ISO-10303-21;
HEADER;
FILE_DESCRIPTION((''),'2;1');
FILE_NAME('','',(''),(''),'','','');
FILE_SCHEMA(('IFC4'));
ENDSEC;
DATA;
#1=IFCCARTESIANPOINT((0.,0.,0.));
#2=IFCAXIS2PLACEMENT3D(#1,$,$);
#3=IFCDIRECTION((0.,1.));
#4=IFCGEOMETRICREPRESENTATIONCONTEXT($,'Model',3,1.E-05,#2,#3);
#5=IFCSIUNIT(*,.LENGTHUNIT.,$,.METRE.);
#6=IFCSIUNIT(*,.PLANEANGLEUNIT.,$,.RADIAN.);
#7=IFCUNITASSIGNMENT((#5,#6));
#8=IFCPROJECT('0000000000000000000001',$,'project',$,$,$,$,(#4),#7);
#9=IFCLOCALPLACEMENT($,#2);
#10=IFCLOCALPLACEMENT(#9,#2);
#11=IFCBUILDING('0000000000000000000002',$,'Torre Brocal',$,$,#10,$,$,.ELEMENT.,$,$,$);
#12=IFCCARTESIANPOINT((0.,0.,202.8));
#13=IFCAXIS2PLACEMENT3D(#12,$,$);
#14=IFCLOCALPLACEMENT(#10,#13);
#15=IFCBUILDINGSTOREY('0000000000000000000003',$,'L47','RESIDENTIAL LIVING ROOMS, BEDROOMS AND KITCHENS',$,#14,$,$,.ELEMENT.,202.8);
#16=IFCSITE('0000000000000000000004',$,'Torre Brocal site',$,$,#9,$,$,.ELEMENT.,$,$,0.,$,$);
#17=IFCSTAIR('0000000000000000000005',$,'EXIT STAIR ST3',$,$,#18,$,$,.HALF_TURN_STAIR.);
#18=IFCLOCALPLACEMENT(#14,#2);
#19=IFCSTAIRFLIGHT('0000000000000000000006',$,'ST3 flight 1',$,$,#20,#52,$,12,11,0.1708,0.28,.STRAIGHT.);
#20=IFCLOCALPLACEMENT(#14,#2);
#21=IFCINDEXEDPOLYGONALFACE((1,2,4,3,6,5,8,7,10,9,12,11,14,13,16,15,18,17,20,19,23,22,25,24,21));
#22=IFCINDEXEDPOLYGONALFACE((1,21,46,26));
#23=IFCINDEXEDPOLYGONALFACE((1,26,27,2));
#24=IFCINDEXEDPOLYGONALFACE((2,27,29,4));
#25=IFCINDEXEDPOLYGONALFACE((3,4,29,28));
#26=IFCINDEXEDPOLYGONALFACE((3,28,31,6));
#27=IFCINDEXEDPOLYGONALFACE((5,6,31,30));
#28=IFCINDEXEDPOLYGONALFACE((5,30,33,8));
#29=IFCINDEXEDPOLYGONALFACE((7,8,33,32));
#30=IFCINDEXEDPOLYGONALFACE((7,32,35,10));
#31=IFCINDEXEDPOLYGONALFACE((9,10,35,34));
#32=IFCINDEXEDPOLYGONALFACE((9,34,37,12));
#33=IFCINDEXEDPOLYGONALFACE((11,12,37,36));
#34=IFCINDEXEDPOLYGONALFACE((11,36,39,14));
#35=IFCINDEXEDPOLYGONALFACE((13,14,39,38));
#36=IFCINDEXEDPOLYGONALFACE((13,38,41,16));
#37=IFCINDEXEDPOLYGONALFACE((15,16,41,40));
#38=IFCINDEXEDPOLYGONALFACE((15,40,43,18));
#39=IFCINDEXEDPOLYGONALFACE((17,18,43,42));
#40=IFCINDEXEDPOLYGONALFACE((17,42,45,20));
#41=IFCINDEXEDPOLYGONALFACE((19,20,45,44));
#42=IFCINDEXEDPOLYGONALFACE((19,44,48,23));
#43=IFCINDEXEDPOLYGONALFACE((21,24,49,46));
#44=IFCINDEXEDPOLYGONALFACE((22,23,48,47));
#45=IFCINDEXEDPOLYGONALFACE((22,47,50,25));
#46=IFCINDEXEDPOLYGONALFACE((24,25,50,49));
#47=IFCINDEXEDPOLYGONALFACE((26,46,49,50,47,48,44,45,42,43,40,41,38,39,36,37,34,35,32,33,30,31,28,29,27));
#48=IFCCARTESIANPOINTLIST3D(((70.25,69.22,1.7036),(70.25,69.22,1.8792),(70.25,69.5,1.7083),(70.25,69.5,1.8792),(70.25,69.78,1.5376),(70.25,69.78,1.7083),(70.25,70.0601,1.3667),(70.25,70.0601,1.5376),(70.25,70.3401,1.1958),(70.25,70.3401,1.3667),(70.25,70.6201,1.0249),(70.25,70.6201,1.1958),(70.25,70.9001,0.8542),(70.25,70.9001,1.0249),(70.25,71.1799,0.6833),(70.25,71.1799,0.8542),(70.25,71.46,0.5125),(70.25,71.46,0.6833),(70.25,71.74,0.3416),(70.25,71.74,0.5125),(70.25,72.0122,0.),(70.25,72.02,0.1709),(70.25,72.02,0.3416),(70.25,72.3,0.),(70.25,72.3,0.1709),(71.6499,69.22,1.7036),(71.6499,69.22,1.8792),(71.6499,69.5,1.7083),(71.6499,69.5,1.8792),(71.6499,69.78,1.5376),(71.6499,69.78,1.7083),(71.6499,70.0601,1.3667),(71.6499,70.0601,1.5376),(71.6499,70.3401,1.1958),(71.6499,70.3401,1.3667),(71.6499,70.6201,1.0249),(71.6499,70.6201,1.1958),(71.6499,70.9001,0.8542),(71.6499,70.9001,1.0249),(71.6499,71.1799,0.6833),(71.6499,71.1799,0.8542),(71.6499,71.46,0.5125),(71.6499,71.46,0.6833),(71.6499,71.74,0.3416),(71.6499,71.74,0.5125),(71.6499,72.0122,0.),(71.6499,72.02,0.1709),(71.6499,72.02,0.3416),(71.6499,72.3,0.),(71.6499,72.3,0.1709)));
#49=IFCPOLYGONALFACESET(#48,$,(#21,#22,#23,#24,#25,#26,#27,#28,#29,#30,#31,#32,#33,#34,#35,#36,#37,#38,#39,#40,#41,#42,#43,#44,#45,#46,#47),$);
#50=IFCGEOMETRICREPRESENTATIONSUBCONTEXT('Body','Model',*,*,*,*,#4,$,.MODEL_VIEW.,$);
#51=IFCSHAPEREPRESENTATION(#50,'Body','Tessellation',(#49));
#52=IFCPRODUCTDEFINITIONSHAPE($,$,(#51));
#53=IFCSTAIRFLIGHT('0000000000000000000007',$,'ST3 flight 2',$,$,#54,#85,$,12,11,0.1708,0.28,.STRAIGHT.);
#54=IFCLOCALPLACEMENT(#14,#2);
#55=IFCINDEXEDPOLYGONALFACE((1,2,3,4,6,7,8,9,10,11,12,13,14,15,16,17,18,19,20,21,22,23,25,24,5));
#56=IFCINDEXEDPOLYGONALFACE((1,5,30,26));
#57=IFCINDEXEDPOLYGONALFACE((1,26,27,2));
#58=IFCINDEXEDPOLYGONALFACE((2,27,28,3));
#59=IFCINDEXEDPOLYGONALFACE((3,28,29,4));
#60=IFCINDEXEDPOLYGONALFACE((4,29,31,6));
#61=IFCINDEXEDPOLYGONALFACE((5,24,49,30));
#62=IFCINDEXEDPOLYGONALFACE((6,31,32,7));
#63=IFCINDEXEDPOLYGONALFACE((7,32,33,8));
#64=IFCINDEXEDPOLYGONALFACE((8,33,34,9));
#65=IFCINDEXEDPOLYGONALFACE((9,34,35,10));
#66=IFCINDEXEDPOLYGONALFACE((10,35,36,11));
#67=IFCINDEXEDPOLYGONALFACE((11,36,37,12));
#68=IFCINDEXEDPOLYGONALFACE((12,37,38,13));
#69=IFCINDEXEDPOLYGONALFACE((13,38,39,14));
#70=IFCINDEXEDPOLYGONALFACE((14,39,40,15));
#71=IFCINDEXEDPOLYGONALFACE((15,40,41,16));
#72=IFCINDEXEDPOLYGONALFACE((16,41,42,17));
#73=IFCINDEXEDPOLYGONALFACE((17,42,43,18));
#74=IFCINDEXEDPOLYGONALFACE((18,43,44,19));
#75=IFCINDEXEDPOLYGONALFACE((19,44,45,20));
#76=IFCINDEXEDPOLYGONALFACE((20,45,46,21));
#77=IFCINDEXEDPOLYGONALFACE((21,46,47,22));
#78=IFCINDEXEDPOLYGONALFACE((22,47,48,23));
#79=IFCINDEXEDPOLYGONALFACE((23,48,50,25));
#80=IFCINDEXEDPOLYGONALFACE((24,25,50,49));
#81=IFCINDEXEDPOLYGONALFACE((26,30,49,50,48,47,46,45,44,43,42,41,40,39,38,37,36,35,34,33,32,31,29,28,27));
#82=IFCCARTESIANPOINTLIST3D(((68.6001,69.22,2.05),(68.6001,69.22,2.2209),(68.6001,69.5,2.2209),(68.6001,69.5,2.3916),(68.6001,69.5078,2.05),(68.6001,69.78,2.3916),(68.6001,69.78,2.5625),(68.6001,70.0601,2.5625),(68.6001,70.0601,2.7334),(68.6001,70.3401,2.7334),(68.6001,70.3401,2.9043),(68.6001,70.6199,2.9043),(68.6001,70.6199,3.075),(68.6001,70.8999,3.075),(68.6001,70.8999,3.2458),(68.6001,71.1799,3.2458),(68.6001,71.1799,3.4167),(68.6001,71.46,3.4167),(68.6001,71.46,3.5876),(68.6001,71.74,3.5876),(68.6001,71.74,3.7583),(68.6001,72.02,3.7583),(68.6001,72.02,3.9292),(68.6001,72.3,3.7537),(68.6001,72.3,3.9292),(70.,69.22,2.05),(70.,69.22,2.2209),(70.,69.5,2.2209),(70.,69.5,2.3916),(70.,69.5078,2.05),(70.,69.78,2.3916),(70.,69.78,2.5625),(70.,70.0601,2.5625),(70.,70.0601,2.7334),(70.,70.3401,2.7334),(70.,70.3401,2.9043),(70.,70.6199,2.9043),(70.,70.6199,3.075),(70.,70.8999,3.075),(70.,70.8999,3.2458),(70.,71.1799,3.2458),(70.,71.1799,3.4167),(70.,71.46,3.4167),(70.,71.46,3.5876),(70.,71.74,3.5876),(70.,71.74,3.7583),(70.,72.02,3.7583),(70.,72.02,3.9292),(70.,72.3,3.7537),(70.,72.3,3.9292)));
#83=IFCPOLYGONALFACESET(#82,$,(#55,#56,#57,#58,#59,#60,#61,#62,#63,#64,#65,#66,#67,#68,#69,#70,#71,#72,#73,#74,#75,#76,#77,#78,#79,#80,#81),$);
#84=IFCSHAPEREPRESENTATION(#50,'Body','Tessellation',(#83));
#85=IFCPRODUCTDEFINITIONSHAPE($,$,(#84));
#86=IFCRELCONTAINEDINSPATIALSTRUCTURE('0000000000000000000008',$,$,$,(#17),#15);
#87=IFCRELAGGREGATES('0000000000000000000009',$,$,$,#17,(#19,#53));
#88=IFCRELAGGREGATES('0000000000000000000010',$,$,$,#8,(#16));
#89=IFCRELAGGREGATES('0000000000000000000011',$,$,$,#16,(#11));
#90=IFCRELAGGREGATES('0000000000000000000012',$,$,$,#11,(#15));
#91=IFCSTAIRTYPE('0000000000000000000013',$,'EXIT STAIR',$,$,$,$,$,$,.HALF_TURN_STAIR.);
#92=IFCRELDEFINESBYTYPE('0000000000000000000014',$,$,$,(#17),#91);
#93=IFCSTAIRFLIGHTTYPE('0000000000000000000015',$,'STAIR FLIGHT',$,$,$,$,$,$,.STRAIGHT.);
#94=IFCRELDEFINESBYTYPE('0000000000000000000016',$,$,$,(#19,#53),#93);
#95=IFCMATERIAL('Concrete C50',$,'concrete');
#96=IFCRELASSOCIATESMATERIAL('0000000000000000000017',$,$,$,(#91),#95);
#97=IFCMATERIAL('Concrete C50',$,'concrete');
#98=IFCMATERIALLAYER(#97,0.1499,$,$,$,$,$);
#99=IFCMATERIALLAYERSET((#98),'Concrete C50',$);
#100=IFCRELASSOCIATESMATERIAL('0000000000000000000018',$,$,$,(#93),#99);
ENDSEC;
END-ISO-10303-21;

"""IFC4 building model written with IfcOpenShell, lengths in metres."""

from ifc_helpers import new_model, si_unit, direction, frame, origin, place, context, subcontext, project, spatial, polyline, outline, extrude, material, layer, layer_set, type_object, element, aggregate, save


model = new_model("IFC4")

# Units and contexts
model_context = context("Model", 3, precision=1e-05, world=origin(), true_north=direction((0.0, 1.0)))
body_context = subcontext(model_context, "Body", "Model", "MODEL_VIEW")
ifc_project = project(units=[si_unit("LENGTHUNIT", "METRE"), si_unit("PLANEANGLEUNIT", "RADIAN")], contexts=[model_context])

# Site, building, storey
site_placement = place(None, origin())
site = spatial("IfcSite", under=ifc_project, at=site_placement, Name="Torre Brocal site", CompositionType="ELEMENT", RefElevation=0.0)
building_placement = place(site_placement, origin())
building = spatial("IfcBuilding", under=site, at=building_placement, Name="Torre Brocal", CompositionType="ELEMENT")
storey_placement = place(building_placement, frame((0.0, 0.0, 202.8)))
storey = spatial("IfcBuildingStorey", under=building, at=storey_placement, Name="L47", Description="RESIDENTIAL LIVING ROOMS, BEDROOMS AND KITCHENS", CompositionType="ELEMENT", Elevation=202.8)

# Stair, stair flights
ifc_material_1 = material(Name="Concrete C50", Category="concrete")
stair_type = type_object("IfcStairType", Name="EXIT STAIR", PredefinedType="HALF_TURN_STAIR", material=ifc_material_1)
stair_placement = place(storey_placement, origin())
stair = element("IfcStair", 1, at=stair_placement, inside=storey, type_object=stair_type, Name="EXIT STAIR ST3", PredefinedType="HALF_TURN_STAIR")
ifc_material_2 = material(Name="Concrete C50", Category="concrete")
ifc_layer_1 = layer(ifc_material_2, 0.1499)
ifc_layer_set_1 = layer_set([ifc_layer_1], Name="Concrete C50")
stair_flight_type = type_object("IfcStairFlightType", Name="STAIR FLIGHT", PredefinedType="STRAIGHT", material=ifc_layer_set_1)
stair_flight_1_placement = place(storey_placement, frame((70.95, 72.3, 0.0), z_axis=(0.0, 0.0, 1.0), x_axis=(0.0, -1.0, 0.0)))
stair_flight_1 = element("IfcStairFlight", 2, at=stair_flight_1_placement, type_object=stair_flight_type, Name="ST3 flight 1", NumberOfRisers=12, NumberOfTreads=11, PredefinedType="STRAIGHT", RiserHeight=0.1708, TreadLength=0.28, context=body_context, shape_type="SweptSolid", body=[
    extrude(outline(polyline([(0.0, 0.0), (0.0, 0.1709), (0.28, 0.1709), (0.28, 0.3416), (0.5601, 0.3416), (0.5601, 0.5125), (0.8401, 0.5125), (0.8401, 0.6833), (1.1201, 0.6833), (1.1201, 0.8542), (1.3999, 0.8542), (1.3999, 1.0249), (1.6799, 1.0249), (1.6799, 1.1958), (1.96, 1.1958), (1.96, 1.3667), (2.24, 1.3667), (2.24, 1.5376), (2.52, 1.5376), (2.52, 1.7083), (2.8, 1.7083), (2.8, 1.8792), (3.0801, 1.8792), (3.0801, 2.05), (3.0801, 1.7036), (0.2878, 0.0), (0.0, 0.0)])), frame((0.0, 0.7, 0.0), z_axis=(0.0, -1.0, 0.0), x_axis=(1.0, 0.0, 0.0)), (0.0, 0.0, 1.0), 1.3999),
])
stair_flight_2_placement = place(storey_placement, frame((69.3, 69.22, 2.05), z_axis=(0.0, 0.0, 1.0), x_axis=(0.0, 1.0, 0.0)))
stair_flight_2 = element("IfcStairFlight", 3, at=stair_flight_2_placement, type_object=stair_flight_type, Name="ST3 flight 2", NumberOfRisers=12, NumberOfTreads=11, PredefinedType="STRAIGHT", RiserHeight=0.1708, TreadLength=0.28, context=body_context, shape_type="SweptSolid", body=[
    extrude(outline(polyline([(0.0, 0.0), (0.0, 0.1709), (0.28, 0.1709), (0.28, 0.3416), (0.5601, 0.3416), (0.5601, 0.5125), (0.8401, 0.5125), (0.8401, 0.6833), (1.1201, 0.6833), (1.1201, 0.8542), (1.3999, 0.8542), (1.3999, 1.0249), (1.6799, 1.0249), (1.6799, 1.1958), (1.96, 1.1958), (1.96, 1.3667), (2.24, 1.3667), (2.24, 1.5376), (2.52, 1.5376), (2.52, 1.7083), (2.8, 1.7083), (2.8, 1.8792), (3.0801, 1.8792), (3.0801, 2.05), (3.0801, 1.7036), (0.2878, 0.0), (0.0, 0.0)])), frame((0.0, 0.7, 0.0), z_axis=(0.0, -1.0, 0.0), x_axis=(1.0, 0.0, 0.0)), (0.0, 0.0, 1.0), 1.3999),
])
aggregate(stair, [stair_flight_1, stair_flight_2])

save(model, "model.ifc")
